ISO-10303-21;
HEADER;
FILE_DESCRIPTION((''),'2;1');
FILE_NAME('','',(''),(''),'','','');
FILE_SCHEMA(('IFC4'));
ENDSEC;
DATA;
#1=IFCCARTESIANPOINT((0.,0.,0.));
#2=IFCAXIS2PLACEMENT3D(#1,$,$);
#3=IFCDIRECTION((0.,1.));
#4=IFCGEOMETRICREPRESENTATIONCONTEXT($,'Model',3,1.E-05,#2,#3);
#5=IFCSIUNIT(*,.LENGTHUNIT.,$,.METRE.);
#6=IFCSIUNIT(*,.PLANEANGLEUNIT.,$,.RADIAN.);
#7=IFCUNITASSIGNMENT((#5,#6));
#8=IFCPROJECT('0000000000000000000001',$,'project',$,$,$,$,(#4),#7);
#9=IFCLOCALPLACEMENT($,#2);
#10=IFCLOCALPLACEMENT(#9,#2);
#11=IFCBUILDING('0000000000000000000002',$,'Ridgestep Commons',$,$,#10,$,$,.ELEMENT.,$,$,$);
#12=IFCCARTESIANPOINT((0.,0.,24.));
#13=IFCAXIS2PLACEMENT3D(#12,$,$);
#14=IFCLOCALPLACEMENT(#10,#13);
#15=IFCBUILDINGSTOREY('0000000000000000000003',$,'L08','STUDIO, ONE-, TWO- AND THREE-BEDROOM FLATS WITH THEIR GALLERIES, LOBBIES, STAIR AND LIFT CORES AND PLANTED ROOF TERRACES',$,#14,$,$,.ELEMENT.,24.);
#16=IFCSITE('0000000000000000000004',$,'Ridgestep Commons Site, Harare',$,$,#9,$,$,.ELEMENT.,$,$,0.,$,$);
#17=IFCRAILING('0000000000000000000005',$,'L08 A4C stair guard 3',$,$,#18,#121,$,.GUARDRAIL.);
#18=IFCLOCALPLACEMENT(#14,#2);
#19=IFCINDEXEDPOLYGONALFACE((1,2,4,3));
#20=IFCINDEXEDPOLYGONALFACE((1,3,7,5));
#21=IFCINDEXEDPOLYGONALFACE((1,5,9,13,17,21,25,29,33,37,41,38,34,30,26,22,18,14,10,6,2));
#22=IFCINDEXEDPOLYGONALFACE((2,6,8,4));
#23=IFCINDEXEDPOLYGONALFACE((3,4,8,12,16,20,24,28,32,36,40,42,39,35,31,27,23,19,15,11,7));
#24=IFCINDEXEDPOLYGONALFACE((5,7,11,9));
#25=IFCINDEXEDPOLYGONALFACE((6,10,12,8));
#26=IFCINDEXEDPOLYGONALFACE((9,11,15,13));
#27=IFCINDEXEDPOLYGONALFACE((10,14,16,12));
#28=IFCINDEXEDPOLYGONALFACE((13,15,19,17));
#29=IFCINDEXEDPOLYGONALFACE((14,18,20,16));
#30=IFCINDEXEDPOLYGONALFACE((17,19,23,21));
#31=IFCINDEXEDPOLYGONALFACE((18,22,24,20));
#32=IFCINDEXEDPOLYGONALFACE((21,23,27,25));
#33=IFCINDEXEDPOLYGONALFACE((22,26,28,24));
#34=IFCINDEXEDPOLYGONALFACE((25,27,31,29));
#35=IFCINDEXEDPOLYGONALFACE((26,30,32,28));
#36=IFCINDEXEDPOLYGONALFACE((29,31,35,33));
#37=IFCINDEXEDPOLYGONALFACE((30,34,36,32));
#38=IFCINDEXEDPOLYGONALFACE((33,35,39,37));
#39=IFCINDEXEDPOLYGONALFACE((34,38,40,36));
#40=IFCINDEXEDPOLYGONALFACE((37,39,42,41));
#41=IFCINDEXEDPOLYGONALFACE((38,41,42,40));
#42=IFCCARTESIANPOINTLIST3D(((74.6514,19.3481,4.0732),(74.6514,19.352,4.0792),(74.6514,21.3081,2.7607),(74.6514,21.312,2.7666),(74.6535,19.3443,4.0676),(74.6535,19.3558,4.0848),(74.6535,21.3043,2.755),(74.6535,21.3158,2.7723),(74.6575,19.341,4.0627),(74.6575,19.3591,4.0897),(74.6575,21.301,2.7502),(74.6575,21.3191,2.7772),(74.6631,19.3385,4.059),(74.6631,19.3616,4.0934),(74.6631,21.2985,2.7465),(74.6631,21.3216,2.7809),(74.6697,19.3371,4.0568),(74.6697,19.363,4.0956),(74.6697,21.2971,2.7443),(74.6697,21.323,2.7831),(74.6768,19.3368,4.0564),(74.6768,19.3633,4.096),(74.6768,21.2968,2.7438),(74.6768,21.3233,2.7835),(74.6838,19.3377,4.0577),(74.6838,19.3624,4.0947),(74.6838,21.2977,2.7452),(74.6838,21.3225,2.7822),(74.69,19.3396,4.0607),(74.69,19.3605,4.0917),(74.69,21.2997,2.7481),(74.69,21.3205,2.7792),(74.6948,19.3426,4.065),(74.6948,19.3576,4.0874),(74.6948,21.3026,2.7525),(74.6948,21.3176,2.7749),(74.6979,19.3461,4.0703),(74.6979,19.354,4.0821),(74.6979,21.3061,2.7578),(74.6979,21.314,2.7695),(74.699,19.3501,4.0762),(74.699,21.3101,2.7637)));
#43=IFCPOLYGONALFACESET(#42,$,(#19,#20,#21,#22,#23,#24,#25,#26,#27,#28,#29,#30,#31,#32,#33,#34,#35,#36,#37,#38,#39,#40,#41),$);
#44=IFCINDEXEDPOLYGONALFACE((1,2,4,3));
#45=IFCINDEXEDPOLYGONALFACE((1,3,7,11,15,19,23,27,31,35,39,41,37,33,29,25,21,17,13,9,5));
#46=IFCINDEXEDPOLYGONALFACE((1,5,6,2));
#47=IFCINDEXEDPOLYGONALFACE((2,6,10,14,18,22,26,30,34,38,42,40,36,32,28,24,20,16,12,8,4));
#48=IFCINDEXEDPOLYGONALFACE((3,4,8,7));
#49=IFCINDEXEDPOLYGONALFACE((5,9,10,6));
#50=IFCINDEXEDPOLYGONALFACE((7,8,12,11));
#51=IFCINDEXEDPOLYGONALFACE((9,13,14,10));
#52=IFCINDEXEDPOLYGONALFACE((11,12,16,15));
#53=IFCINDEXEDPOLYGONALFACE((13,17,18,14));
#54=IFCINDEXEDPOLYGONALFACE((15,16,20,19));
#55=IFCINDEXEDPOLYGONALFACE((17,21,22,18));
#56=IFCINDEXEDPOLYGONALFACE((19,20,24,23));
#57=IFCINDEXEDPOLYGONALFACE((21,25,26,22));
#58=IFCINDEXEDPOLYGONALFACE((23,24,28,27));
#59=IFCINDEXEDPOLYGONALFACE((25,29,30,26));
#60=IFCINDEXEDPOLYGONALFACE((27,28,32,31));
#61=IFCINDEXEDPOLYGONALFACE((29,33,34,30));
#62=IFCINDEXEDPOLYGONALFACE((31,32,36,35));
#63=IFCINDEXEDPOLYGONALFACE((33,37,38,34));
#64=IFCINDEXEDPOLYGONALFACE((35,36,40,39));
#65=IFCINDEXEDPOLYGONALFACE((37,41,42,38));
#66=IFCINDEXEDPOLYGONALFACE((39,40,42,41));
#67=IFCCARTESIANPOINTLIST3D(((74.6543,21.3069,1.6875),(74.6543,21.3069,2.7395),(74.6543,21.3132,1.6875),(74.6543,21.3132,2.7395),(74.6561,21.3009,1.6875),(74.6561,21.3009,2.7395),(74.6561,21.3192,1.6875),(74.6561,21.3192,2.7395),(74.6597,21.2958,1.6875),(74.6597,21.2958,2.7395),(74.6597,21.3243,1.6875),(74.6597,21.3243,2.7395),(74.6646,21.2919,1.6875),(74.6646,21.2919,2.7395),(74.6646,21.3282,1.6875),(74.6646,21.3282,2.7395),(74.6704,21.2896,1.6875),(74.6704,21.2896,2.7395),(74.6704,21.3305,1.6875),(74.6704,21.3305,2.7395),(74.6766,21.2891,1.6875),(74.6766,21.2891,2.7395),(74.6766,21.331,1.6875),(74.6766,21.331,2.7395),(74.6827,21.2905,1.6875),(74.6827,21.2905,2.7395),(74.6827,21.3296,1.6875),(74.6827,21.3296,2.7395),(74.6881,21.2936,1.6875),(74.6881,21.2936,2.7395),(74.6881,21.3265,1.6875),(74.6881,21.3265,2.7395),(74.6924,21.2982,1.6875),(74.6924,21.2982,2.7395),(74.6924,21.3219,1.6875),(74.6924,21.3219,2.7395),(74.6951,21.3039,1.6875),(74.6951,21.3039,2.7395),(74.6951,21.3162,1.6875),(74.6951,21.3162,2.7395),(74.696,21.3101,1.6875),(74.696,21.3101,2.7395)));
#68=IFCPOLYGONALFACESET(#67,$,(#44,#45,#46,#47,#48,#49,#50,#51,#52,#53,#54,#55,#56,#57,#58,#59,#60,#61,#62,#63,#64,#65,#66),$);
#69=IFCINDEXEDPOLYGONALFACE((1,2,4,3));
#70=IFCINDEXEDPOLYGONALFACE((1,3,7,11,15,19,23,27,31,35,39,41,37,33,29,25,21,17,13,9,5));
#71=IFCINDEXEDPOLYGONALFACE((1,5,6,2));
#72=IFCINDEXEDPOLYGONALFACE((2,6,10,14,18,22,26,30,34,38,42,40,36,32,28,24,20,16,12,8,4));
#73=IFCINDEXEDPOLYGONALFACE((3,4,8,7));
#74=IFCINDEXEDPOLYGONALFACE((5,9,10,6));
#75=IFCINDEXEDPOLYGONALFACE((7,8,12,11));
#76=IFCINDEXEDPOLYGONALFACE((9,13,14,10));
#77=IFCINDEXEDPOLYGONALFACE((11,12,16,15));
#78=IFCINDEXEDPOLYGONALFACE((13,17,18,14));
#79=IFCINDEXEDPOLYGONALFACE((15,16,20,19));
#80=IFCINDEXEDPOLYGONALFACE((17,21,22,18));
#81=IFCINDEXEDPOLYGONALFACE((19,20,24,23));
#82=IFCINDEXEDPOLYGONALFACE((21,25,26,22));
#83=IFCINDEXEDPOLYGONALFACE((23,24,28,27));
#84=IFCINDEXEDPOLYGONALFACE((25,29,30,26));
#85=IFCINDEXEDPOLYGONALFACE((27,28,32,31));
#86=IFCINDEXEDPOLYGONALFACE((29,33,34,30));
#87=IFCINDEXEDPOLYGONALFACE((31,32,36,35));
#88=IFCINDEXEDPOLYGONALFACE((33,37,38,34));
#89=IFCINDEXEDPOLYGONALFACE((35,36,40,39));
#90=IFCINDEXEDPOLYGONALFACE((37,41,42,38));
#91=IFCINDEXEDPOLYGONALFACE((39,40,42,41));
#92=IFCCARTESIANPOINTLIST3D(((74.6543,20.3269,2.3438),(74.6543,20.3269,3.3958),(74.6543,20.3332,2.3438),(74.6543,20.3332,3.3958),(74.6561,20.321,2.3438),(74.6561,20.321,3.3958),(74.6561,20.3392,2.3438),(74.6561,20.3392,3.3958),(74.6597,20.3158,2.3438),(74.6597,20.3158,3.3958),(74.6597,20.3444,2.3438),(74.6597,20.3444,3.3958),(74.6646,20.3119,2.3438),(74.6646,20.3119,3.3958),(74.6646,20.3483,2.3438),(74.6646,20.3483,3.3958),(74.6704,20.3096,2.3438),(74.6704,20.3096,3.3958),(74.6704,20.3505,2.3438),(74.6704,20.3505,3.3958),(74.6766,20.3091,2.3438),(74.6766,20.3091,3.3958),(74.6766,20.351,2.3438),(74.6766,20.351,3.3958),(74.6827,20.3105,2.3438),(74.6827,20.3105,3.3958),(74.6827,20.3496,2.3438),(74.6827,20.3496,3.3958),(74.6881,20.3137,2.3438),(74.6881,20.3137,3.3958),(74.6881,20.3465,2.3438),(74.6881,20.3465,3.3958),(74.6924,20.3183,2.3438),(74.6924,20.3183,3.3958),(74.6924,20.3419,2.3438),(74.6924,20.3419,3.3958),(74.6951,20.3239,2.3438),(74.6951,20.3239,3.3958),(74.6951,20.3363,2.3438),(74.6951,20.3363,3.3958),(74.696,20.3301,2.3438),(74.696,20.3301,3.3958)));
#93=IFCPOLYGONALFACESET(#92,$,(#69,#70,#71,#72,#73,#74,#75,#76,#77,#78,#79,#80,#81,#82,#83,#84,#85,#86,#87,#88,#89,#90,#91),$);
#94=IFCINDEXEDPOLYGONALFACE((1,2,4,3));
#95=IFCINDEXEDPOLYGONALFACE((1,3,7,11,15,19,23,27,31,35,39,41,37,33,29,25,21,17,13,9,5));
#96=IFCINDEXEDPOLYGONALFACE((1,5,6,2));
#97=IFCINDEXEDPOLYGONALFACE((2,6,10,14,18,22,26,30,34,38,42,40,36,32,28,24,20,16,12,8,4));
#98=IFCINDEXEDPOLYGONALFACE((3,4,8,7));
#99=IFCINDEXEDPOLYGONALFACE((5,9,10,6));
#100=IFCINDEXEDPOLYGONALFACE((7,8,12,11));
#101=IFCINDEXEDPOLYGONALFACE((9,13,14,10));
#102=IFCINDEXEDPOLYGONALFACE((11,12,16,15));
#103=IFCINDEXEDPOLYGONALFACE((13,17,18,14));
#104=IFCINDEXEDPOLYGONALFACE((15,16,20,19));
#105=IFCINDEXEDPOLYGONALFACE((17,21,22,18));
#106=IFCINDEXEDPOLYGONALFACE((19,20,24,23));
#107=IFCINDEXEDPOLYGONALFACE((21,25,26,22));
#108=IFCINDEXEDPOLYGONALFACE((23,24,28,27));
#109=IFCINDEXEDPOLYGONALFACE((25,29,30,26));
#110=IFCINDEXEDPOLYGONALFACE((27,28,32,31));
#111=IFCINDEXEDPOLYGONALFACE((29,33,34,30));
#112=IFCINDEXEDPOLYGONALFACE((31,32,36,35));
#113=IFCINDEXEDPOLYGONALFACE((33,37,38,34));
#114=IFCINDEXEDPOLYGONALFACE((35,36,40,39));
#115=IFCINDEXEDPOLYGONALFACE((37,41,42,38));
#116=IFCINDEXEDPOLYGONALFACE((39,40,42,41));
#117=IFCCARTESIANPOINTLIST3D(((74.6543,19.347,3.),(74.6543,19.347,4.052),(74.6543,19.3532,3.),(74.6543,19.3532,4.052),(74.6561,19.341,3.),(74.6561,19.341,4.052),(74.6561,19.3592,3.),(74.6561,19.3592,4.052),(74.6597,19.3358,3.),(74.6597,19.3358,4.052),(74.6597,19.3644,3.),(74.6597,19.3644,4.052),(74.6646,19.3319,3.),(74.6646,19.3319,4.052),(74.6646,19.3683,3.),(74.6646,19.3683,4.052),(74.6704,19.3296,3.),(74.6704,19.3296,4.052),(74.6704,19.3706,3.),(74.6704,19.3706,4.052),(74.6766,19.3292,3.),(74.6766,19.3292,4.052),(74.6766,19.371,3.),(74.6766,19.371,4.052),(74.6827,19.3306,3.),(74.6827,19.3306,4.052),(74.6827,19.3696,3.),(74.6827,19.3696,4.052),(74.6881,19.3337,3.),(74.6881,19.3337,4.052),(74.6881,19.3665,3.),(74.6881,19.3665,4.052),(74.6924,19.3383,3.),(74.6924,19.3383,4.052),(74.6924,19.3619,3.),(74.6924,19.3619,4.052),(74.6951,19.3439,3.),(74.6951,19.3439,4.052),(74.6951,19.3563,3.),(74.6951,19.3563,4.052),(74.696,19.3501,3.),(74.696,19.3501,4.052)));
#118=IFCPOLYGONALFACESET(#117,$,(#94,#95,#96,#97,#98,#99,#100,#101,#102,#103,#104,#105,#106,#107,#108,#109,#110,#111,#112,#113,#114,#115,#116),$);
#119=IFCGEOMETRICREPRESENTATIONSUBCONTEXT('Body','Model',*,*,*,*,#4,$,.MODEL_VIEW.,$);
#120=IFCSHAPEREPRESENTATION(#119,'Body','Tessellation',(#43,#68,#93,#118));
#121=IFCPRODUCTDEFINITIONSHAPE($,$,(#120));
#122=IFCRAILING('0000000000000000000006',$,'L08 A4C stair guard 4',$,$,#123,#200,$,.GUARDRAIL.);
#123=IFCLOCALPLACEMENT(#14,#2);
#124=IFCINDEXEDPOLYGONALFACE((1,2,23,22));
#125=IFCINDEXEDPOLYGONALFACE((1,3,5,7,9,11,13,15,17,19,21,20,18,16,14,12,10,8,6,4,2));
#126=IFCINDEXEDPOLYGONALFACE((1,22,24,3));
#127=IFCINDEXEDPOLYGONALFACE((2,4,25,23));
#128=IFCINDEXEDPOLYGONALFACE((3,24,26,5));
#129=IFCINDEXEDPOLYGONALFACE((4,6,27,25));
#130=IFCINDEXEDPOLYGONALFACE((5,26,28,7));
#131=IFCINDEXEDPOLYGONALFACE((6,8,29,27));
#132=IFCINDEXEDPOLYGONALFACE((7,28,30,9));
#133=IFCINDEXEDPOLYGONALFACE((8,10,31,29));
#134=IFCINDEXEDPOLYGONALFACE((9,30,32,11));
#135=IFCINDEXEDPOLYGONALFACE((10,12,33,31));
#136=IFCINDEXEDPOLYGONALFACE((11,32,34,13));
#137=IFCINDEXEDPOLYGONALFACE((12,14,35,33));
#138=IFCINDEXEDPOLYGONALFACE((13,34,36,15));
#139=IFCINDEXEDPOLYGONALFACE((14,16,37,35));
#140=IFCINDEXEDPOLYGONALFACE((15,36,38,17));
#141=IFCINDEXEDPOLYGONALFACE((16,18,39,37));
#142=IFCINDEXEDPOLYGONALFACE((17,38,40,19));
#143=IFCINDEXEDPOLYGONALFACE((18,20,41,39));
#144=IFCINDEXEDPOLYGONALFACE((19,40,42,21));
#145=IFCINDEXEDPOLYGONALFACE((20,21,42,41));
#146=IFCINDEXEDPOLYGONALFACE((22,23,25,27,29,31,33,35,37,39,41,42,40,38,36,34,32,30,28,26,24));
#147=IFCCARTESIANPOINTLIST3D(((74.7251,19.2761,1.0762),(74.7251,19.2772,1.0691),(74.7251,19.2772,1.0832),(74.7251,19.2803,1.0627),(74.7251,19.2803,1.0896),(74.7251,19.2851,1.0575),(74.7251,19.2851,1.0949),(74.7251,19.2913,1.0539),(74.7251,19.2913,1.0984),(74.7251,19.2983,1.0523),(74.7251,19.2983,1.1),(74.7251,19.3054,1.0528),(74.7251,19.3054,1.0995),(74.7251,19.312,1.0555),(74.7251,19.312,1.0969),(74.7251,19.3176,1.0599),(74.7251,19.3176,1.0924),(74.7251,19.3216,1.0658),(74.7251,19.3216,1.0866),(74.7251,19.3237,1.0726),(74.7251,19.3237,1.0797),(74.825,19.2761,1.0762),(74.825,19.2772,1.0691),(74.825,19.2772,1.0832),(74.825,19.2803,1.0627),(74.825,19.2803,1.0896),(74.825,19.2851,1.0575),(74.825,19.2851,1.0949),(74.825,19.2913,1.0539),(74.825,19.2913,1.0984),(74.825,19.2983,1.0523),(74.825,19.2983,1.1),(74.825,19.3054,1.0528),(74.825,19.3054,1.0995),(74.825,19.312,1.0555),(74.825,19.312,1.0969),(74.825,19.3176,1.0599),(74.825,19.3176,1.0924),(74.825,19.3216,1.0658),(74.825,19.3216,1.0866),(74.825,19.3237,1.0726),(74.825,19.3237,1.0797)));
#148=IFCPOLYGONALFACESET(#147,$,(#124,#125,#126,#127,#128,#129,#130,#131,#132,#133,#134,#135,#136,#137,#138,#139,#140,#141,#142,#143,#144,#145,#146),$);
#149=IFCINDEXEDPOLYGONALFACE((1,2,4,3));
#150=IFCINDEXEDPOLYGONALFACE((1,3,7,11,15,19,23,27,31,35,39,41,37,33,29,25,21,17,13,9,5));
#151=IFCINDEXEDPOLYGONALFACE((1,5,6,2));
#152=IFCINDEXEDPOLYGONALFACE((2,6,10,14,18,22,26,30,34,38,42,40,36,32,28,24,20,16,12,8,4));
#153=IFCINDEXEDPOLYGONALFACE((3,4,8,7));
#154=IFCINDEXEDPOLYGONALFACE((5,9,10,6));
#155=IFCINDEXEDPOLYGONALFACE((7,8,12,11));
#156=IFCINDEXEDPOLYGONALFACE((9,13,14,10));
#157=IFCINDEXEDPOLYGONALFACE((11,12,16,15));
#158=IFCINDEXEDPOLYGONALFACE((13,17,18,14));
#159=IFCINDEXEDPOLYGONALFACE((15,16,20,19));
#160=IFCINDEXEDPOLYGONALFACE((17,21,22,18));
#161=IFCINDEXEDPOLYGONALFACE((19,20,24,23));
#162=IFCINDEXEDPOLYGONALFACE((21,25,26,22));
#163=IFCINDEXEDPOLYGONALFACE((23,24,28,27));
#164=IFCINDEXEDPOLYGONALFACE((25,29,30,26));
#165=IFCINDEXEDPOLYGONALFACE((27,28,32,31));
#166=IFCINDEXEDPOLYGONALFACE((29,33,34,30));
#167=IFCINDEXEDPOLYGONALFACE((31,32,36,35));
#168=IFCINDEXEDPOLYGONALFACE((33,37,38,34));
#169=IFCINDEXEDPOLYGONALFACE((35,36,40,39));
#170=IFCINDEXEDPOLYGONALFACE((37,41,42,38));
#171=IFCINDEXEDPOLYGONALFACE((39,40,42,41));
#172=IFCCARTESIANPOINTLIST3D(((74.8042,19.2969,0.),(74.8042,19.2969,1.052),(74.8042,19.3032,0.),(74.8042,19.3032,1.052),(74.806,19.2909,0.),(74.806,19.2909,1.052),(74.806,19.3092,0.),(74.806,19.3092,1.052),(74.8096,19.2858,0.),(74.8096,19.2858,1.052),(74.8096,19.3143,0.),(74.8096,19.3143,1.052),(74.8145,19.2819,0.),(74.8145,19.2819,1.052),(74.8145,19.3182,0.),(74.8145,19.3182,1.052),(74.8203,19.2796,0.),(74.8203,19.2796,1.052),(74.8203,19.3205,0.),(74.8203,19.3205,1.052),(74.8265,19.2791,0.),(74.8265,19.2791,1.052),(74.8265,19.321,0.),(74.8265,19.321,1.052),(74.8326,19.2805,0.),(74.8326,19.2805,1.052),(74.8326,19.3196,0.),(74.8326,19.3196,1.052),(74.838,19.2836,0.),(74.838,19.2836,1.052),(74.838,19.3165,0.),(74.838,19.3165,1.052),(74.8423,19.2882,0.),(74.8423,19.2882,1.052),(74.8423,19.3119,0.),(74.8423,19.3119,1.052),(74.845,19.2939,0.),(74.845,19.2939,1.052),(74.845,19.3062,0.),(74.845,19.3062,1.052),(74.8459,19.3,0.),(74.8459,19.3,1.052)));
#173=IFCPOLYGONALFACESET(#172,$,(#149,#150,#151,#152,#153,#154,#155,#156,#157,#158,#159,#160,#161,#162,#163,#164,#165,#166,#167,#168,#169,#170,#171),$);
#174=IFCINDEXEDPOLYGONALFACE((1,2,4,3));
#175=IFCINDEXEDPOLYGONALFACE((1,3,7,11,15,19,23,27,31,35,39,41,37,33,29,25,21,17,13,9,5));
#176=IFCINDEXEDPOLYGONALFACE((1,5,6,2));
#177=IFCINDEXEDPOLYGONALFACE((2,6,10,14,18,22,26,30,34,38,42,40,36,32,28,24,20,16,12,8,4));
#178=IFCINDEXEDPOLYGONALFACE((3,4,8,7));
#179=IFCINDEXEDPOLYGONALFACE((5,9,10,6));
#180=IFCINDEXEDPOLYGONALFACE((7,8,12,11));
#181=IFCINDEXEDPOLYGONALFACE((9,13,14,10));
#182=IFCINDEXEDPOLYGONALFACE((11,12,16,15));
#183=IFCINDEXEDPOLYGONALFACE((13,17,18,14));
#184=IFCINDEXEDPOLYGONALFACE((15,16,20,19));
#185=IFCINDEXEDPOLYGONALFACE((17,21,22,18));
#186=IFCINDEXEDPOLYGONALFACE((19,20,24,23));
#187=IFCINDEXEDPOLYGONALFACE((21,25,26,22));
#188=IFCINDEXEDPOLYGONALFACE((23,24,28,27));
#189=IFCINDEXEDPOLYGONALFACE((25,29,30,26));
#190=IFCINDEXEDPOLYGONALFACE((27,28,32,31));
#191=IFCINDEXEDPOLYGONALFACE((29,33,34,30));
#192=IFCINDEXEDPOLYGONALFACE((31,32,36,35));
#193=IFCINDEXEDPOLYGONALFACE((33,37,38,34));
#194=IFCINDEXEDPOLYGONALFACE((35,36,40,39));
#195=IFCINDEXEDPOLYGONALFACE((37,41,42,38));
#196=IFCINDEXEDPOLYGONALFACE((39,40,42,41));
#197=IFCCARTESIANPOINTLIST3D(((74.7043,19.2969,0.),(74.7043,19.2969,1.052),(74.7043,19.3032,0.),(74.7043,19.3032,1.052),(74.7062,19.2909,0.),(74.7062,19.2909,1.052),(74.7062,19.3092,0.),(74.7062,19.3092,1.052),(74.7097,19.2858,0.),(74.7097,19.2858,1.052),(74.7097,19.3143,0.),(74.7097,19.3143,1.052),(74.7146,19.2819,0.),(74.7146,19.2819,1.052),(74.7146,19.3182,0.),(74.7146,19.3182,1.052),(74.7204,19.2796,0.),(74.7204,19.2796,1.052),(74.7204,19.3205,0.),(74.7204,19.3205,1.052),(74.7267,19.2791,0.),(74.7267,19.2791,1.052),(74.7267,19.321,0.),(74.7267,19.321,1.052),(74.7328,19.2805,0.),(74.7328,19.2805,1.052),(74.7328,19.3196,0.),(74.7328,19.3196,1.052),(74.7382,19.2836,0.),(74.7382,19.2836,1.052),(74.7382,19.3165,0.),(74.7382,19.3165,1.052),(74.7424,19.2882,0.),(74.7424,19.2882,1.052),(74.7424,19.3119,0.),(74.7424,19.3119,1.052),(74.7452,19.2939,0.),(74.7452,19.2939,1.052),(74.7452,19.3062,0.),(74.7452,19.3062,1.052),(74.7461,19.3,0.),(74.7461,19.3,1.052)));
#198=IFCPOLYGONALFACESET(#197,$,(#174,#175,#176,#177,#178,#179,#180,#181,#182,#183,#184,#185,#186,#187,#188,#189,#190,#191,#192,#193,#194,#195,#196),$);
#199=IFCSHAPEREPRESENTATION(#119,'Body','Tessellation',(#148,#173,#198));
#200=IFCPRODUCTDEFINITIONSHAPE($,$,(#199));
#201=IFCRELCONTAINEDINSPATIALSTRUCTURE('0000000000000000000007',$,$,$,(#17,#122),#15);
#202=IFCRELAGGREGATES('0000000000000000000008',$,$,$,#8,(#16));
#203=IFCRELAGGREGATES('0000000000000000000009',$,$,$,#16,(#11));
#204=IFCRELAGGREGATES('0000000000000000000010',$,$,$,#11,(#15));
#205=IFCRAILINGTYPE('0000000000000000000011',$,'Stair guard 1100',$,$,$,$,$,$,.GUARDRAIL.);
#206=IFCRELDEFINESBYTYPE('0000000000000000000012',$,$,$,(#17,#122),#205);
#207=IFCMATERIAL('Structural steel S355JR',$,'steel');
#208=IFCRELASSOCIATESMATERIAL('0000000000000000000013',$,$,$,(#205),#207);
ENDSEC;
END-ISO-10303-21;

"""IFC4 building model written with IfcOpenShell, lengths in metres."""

from ifc_helpers import new_model, si_unit, direction, frame, origin, origin_2d, place, context, subcontext, project, spatial, circle, extrude, material, type_object, element, save


model = new_model("IFC4")

# Units and contexts
model_context = context("Model", 3, precision=1e-05, world=origin(), true_north=direction((0.0, 1.0)))
body_context = subcontext(model_context, "Body", "Model", "MODEL_VIEW")
ifc_project = project(units=[si_unit("LENGTHUNIT", "METRE"), si_unit("PLANEANGLEUNIT", "RADIAN")], contexts=[model_context])

# Site, building, storey
site_placement = place(None, origin())
site = spatial("IfcSite", under=ifc_project, at=site_placement, Name="Ridgestep Commons Site, Harare", CompositionType="ELEMENT", RefElevation=0.0)
building_placement = place(site_placement, origin())
building = spatial("IfcBuilding", under=site, at=building_placement, Name="Ridgestep Commons", CompositionType="ELEMENT")
storey_placement = place(building_placement, frame((0.0, 0.0, 24.0)))
storey = spatial("IfcBuildingStorey", under=building, at=storey_placement, Name="L08", Description="STUDIO, ONE-, TWO- AND THREE-BEDROOM FLATS WITH THEIR GALLERIES, LOBBIES, STAIR AND LIFT CORES AND PLANTED ROOF TERRACES", CompositionType="ELEMENT", Elevation=24.0)

# Railings
ifc_material_1 = material(Name="Structural steel S355JR", Category="steel")
railing_type_1 = type_object("IfcRailingType", Name="Stair guard 1100", PredefinedType="GUARDRAIL", material=ifc_material_1)
railing_1_placement = place(storey_placement, frame((74.675, 21.3101, 1.6875)))
element("IfcRailing", 1, at=railing_1_placement, inside=storey, type_object=railing_type_1, Name="L08 A4C stair guard 3", PredefinedType="GUARDRAIL", context=body_context, shape_type="SweptSolid", body=[
    extrude(circle(Radius=0.0239, at=origin_2d()), frame((0.0, 0.0, 1.0762), z_axis=(0.0, -0.830902, 0.556419), x_axis=(1.0, 0.0, 0.0)), (0.0, 0.0, 1.0), 2.3589),
    extrude(circle(Radius=0.021, at=origin_2d()), origin(), (0.0, 0.0, 1.0), 1.052),
    extrude(circle(Radius=0.021, at=origin_2d()), frame((0.0, -0.98, 0.6562)), (0.0, 0.0, 1.0), 1.052),
    extrude(circle(Radius=0.021, at=origin_2d()), frame((0.0, -1.96, 1.3125)), (0.0, 0.0, 1.0), 1.052),
])
railing_2_placement = place(storey_placement, frame((74.825, 19.3, 0.0)))
element("IfcRailing", 2, at=railing_2_placement, inside=storey, type_object=railing_type_1, Name="L08 A4C stair guard 4", PredefinedType="GUARDRAIL", context=body_context, shape_type="SweptSolid", body=[
    extrude(circle(Radius=0.0239, at=origin_2d()), frame((0.0, 0.0, 1.0762), z_axis=(-1.0, 0.0, 0.0), x_axis=(0.0, -1.0, 0.0)), (0.0, 0.0, 1.0), 0.0999),
    extrude(circle(Radius=0.021, at=origin_2d()), origin(), (0.0, 0.0, 1.0), 1.052),
    extrude(circle(Radius=0.021, at=origin_2d()), frame((-0.0999, 0.0, 0.0)), (0.0, 0.0, 1.0), 1.052),
])

save(model, "model.ifc")
